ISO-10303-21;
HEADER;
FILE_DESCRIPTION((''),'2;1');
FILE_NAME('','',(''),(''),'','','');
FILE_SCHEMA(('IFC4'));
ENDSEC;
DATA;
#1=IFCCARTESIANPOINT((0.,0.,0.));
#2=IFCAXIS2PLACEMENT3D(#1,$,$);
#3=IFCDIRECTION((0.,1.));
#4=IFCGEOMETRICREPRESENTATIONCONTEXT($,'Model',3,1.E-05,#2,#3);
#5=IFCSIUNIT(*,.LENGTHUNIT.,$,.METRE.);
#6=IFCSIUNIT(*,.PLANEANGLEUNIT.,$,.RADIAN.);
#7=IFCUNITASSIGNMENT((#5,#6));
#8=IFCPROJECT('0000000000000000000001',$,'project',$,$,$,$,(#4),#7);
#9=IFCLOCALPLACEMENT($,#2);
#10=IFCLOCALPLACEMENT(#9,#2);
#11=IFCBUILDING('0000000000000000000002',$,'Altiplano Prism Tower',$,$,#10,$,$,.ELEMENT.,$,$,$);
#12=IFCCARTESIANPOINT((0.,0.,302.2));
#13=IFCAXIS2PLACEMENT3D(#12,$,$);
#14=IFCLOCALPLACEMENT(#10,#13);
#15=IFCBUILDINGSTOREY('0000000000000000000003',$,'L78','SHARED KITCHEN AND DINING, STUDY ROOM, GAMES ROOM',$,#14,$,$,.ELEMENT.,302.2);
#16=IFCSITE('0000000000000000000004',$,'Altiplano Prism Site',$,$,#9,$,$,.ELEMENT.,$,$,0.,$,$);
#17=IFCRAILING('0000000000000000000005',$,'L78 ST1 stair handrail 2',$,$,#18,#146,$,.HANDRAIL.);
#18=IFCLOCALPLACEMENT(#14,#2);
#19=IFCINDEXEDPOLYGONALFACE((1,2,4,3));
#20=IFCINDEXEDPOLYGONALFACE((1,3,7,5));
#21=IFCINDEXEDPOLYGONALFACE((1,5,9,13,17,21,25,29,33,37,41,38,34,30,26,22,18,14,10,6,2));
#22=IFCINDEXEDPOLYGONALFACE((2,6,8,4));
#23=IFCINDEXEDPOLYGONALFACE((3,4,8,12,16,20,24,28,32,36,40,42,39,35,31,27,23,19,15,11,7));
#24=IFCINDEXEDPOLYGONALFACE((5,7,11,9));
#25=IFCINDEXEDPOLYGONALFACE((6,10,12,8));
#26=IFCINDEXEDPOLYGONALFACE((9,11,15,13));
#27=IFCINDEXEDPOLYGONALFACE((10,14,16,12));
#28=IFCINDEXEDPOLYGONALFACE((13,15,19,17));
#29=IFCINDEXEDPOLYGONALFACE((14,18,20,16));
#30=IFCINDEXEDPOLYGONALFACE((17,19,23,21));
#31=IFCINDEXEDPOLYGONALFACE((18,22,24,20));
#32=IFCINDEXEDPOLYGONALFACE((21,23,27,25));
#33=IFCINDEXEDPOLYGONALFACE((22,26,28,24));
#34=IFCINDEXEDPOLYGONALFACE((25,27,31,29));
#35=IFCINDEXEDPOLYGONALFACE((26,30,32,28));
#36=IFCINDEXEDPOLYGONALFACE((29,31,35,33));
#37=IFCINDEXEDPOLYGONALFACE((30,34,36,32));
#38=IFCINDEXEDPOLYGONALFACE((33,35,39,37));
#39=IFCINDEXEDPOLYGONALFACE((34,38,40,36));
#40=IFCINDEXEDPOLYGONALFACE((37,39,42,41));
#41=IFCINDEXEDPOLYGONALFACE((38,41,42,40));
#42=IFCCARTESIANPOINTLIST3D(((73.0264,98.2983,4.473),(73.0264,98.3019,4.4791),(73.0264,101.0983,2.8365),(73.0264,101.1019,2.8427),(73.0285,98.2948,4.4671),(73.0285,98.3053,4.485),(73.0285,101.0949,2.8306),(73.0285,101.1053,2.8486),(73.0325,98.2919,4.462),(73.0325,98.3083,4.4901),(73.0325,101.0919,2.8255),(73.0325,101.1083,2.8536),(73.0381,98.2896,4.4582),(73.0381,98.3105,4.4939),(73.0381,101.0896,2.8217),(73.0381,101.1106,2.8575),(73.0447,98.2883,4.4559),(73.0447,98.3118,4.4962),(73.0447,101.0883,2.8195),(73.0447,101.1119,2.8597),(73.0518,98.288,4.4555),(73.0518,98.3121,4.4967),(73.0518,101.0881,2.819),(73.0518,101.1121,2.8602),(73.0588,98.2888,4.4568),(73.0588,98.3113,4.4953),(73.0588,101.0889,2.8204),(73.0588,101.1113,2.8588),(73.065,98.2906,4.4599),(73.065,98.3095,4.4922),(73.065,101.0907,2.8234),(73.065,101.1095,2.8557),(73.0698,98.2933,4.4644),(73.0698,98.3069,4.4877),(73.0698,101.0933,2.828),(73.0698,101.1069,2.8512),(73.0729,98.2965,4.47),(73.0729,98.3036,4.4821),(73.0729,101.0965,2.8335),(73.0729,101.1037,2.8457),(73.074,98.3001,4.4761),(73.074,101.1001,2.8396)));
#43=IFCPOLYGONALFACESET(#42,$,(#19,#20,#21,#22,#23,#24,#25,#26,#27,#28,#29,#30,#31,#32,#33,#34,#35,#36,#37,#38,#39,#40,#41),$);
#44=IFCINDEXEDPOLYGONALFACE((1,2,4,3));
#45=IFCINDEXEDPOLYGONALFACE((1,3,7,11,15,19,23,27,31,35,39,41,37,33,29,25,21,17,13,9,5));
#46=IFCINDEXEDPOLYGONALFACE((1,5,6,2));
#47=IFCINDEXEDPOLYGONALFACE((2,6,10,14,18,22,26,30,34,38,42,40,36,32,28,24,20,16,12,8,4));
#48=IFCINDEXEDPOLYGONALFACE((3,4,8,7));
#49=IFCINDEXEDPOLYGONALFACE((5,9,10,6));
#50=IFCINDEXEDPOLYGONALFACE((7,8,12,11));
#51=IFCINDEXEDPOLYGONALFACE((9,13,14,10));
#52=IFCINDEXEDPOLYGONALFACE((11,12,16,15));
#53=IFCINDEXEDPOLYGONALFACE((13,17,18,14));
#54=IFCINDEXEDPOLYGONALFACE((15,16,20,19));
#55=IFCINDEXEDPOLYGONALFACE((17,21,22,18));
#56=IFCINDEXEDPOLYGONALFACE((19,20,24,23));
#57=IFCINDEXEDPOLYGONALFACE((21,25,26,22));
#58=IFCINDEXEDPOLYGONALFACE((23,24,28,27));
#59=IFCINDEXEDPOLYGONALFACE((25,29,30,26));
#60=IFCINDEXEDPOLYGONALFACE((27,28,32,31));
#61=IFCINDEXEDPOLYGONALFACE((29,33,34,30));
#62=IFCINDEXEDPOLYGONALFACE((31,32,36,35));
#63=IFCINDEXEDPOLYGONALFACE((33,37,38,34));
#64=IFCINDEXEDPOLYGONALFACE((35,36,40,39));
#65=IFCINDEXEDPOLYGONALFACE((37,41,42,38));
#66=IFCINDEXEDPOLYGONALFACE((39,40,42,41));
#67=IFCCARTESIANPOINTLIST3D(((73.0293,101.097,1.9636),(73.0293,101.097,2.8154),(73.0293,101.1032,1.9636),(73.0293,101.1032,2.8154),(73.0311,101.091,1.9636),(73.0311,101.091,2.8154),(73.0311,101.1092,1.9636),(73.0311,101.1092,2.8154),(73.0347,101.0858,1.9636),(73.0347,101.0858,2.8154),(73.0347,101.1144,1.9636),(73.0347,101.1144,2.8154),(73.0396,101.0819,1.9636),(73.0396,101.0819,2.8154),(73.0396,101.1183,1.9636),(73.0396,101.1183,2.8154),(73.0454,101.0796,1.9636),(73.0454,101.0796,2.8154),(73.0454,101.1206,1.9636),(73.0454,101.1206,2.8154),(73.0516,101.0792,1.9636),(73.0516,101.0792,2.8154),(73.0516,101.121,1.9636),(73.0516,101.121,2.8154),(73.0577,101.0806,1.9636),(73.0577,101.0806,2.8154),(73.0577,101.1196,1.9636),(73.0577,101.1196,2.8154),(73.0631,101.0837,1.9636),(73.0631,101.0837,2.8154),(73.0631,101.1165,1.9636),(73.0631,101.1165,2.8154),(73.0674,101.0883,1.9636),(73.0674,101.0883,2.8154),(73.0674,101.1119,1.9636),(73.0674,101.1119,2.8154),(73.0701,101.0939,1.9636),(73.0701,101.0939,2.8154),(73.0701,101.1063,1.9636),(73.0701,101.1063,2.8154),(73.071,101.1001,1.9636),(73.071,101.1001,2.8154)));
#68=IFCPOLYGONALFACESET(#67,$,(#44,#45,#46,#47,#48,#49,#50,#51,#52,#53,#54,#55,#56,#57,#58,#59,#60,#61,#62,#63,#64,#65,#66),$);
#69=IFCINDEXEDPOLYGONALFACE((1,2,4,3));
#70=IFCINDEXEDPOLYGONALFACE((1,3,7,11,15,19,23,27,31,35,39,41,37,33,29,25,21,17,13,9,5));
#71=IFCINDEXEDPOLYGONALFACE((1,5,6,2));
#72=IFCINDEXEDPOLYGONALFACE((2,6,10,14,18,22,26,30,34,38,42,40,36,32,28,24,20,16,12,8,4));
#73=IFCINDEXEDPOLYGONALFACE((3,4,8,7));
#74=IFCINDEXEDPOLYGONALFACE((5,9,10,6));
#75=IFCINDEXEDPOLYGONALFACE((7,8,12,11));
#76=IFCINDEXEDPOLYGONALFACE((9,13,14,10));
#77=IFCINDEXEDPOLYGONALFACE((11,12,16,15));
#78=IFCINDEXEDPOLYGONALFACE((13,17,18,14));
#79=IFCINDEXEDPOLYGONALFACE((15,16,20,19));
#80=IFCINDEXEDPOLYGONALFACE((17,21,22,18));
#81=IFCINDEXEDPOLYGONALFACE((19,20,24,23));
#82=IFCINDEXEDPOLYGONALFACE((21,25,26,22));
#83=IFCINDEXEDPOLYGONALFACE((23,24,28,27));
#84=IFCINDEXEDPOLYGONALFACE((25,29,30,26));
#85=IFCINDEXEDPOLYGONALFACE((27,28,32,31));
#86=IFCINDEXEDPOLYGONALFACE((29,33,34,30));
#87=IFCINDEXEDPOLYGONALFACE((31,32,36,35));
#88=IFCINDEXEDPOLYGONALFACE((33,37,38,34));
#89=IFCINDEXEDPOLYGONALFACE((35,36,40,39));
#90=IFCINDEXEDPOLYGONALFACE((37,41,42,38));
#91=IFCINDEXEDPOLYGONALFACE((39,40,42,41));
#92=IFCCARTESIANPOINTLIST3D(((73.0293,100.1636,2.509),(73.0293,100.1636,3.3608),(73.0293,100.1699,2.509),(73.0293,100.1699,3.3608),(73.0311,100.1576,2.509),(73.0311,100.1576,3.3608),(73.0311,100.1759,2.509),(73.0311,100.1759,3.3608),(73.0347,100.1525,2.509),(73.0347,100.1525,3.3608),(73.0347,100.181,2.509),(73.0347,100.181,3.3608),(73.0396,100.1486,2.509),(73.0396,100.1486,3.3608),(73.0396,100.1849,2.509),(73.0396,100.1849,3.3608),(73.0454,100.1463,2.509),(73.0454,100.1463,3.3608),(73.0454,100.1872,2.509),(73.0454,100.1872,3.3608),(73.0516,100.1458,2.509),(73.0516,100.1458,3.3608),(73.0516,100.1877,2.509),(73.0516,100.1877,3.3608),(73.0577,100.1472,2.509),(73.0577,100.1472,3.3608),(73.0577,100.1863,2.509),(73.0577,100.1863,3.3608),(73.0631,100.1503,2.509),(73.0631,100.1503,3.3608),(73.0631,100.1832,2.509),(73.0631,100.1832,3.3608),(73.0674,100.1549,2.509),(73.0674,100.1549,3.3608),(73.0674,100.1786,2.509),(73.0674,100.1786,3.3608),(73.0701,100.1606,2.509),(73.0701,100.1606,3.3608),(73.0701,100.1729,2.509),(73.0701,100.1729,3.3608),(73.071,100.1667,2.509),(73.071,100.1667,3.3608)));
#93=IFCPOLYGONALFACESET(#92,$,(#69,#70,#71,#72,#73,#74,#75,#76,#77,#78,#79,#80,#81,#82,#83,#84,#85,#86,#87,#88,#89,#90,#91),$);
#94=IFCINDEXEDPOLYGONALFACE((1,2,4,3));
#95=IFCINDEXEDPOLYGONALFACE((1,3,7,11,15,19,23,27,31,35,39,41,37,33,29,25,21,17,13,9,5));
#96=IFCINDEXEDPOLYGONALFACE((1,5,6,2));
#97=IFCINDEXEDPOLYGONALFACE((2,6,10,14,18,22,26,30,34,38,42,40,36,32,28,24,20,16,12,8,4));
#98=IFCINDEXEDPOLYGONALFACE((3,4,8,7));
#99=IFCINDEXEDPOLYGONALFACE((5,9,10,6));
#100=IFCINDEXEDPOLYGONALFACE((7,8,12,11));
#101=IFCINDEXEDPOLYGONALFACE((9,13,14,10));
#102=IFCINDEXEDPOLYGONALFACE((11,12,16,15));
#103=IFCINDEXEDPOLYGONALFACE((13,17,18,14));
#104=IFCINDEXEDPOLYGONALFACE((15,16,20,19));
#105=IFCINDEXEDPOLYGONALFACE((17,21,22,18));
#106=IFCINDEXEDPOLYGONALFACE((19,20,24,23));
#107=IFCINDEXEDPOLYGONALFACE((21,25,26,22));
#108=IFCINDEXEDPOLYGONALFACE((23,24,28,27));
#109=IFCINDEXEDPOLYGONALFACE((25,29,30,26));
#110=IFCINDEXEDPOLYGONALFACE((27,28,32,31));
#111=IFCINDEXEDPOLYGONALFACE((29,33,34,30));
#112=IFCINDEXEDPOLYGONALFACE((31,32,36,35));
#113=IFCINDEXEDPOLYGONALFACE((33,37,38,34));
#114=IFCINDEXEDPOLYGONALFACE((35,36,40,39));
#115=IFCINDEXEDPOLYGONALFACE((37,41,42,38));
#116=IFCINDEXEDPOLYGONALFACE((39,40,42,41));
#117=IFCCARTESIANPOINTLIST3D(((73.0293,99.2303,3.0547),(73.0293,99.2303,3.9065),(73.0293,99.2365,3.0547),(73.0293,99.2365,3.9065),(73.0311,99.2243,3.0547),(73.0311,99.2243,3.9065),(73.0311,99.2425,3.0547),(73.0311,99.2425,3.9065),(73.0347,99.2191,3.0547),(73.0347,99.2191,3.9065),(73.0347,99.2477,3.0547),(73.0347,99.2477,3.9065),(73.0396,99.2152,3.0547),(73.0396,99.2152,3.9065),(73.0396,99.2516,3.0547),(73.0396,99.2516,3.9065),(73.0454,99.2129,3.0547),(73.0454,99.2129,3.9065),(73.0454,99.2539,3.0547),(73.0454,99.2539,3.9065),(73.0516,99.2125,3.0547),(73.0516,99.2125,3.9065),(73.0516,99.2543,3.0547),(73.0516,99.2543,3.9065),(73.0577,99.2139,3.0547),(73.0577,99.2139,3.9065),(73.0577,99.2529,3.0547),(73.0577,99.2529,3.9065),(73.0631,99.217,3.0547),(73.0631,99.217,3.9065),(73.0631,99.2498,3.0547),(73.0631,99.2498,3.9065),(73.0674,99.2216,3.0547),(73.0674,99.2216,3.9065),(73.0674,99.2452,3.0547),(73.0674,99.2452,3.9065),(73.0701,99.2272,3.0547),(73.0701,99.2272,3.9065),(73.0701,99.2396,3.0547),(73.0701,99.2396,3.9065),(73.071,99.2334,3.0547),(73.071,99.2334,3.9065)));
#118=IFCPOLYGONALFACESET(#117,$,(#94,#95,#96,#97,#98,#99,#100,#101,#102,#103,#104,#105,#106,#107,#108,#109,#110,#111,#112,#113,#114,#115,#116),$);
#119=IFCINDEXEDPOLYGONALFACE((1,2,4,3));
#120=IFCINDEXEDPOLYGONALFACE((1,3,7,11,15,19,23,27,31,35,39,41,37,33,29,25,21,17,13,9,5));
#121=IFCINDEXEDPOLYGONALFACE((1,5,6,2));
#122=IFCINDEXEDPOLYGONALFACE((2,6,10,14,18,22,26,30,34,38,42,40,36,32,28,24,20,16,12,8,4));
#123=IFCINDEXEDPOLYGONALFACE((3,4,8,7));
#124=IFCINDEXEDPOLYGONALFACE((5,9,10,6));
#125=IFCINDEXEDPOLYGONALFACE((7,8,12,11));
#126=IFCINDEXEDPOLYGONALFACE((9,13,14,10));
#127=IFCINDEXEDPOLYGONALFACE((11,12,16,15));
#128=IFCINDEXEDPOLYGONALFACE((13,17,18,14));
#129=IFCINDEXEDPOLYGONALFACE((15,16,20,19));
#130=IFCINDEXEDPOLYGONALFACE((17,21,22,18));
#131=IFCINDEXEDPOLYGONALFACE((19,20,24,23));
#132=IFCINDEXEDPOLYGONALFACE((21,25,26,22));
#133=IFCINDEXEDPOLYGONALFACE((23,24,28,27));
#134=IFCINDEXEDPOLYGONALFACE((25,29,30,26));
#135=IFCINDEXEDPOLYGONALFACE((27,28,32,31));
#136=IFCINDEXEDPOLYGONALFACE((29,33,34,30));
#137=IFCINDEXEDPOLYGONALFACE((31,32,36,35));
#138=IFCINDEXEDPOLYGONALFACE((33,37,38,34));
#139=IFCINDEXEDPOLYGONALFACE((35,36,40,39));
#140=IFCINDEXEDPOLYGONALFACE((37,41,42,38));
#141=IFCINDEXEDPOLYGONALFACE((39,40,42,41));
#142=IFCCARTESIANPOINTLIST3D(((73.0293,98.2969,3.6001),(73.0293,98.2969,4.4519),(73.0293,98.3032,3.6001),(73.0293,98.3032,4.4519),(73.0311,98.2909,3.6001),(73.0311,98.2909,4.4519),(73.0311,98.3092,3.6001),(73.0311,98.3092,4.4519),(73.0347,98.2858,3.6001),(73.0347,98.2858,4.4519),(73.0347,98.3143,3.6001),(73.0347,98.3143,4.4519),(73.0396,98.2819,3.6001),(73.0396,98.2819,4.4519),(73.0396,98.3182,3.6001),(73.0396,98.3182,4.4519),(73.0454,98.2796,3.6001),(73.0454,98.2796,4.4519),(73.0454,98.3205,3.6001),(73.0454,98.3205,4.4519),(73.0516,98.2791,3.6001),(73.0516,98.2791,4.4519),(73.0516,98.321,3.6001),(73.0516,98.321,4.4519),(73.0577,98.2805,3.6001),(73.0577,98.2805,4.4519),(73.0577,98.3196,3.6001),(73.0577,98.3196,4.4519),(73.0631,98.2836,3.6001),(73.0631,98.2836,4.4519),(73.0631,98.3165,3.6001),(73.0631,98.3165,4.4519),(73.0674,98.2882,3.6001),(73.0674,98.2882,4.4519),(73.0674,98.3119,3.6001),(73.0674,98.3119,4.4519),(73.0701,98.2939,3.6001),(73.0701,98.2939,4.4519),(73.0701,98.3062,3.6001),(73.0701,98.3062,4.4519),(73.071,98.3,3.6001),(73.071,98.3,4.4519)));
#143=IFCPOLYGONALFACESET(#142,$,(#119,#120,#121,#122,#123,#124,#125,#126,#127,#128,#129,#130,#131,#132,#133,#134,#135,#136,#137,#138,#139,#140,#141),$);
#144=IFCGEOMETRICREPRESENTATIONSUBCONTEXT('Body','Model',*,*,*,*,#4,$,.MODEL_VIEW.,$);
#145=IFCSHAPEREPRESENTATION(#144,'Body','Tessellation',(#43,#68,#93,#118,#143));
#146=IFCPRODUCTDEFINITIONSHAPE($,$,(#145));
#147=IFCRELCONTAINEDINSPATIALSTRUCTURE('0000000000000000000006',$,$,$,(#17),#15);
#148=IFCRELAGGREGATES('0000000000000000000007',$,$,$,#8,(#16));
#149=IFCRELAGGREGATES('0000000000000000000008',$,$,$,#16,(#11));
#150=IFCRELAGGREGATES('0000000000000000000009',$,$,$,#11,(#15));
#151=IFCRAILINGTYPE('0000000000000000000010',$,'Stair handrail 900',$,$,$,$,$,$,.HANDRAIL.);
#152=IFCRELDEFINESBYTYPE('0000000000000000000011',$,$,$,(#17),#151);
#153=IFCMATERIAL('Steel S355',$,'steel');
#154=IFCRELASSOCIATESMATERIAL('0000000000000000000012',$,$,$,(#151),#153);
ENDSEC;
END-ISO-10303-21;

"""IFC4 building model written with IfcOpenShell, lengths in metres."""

from ifc_helpers import new_model, si_unit, direction, frame, origin, origin_2d, place, context, subcontext, project, spatial, circle, extrude, material, type_object, element, save


model = new_model("IFC4")

# Units and contexts
model_context = context("Model", 3, precision=1e-05, world=origin(), true_north=direction((0.0, 1.0)))
body_context = subcontext(model_context, "Body", "Model", "MODEL_VIEW")
ifc_project = project(units=[si_unit("LENGTHUNIT", "METRE"), si_unit("PLANEANGLEUNIT", "RADIAN")], contexts=[model_context])

# Site, building, storey
site_placement = place(None, origin())
site = spatial("IfcSite", under=ifc_project, at=site_placement, Name="Altiplano Prism Site", CompositionType="ELEMENT", RefElevation=0.0)
building_placement = place(site_placement, origin())
building = spatial("IfcBuilding", under=site, at=building_placement, Name="Altiplano Prism Tower", CompositionType="ELEMENT")
storey_placement = place(building_placement, frame((0.0, 0.0, 302.2)))
storey = spatial("IfcBuildingStorey", under=building, at=storey_placement, Name="L78", Description="SHARED KITCHEN AND DINING, STUDY ROOM, GAMES ROOM", CompositionType="ELEMENT", Elevation=302.2)

# Railing
ifc_material_1 = material(Name="Steel S355", Category="steel")
railing_type_1 = type_object("IfcRailingType", Name="Stair handrail 900", PredefinedType="HANDRAIL", material=ifc_material_1)
railing_1_placement = place(storey_placement, frame((73.05, 101.1001, 1.9636)))
element("IfcRailing", 1, at=railing_1_placement, inside=storey, type_object=railing_type_1, Name="L78 ST1 stair handrail 2", PredefinedType="HANDRAIL", context=body_context, shape_type="SweptSolid", body=[
    extrude(circle(Radius=0.0239, at=origin_2d()), frame((0.0, 0.0, 0.876), z_axis=(0.0, -0.863361, 0.504587), x_axis=(1.0, 0.0, 0.0)), (0.0, 0.0, 1.0), 3.2432),
    extrude(circle(Radius=0.021, at=origin_2d()), origin(), (0.0, 0.0, 1.0), 0.8518),
    extrude(circle(Radius=0.021, at=origin_2d()), frame((0.0, -0.9333, 0.5454)), (0.0, 0.0, 1.0), 0.8518),
    extrude(circle(Radius=0.021, at=origin_2d()), frame((0.0, -1.8667, 1.0911)), (0.0, 0.0, 1.0), 0.8518),
    extrude(circle(Radius=0.021, at=origin_2d()), frame((0.0, -2.8, 1.6365)), (0.0, 0.0, 1.0), 0.8518),
])

save(model, "model.ifc")
